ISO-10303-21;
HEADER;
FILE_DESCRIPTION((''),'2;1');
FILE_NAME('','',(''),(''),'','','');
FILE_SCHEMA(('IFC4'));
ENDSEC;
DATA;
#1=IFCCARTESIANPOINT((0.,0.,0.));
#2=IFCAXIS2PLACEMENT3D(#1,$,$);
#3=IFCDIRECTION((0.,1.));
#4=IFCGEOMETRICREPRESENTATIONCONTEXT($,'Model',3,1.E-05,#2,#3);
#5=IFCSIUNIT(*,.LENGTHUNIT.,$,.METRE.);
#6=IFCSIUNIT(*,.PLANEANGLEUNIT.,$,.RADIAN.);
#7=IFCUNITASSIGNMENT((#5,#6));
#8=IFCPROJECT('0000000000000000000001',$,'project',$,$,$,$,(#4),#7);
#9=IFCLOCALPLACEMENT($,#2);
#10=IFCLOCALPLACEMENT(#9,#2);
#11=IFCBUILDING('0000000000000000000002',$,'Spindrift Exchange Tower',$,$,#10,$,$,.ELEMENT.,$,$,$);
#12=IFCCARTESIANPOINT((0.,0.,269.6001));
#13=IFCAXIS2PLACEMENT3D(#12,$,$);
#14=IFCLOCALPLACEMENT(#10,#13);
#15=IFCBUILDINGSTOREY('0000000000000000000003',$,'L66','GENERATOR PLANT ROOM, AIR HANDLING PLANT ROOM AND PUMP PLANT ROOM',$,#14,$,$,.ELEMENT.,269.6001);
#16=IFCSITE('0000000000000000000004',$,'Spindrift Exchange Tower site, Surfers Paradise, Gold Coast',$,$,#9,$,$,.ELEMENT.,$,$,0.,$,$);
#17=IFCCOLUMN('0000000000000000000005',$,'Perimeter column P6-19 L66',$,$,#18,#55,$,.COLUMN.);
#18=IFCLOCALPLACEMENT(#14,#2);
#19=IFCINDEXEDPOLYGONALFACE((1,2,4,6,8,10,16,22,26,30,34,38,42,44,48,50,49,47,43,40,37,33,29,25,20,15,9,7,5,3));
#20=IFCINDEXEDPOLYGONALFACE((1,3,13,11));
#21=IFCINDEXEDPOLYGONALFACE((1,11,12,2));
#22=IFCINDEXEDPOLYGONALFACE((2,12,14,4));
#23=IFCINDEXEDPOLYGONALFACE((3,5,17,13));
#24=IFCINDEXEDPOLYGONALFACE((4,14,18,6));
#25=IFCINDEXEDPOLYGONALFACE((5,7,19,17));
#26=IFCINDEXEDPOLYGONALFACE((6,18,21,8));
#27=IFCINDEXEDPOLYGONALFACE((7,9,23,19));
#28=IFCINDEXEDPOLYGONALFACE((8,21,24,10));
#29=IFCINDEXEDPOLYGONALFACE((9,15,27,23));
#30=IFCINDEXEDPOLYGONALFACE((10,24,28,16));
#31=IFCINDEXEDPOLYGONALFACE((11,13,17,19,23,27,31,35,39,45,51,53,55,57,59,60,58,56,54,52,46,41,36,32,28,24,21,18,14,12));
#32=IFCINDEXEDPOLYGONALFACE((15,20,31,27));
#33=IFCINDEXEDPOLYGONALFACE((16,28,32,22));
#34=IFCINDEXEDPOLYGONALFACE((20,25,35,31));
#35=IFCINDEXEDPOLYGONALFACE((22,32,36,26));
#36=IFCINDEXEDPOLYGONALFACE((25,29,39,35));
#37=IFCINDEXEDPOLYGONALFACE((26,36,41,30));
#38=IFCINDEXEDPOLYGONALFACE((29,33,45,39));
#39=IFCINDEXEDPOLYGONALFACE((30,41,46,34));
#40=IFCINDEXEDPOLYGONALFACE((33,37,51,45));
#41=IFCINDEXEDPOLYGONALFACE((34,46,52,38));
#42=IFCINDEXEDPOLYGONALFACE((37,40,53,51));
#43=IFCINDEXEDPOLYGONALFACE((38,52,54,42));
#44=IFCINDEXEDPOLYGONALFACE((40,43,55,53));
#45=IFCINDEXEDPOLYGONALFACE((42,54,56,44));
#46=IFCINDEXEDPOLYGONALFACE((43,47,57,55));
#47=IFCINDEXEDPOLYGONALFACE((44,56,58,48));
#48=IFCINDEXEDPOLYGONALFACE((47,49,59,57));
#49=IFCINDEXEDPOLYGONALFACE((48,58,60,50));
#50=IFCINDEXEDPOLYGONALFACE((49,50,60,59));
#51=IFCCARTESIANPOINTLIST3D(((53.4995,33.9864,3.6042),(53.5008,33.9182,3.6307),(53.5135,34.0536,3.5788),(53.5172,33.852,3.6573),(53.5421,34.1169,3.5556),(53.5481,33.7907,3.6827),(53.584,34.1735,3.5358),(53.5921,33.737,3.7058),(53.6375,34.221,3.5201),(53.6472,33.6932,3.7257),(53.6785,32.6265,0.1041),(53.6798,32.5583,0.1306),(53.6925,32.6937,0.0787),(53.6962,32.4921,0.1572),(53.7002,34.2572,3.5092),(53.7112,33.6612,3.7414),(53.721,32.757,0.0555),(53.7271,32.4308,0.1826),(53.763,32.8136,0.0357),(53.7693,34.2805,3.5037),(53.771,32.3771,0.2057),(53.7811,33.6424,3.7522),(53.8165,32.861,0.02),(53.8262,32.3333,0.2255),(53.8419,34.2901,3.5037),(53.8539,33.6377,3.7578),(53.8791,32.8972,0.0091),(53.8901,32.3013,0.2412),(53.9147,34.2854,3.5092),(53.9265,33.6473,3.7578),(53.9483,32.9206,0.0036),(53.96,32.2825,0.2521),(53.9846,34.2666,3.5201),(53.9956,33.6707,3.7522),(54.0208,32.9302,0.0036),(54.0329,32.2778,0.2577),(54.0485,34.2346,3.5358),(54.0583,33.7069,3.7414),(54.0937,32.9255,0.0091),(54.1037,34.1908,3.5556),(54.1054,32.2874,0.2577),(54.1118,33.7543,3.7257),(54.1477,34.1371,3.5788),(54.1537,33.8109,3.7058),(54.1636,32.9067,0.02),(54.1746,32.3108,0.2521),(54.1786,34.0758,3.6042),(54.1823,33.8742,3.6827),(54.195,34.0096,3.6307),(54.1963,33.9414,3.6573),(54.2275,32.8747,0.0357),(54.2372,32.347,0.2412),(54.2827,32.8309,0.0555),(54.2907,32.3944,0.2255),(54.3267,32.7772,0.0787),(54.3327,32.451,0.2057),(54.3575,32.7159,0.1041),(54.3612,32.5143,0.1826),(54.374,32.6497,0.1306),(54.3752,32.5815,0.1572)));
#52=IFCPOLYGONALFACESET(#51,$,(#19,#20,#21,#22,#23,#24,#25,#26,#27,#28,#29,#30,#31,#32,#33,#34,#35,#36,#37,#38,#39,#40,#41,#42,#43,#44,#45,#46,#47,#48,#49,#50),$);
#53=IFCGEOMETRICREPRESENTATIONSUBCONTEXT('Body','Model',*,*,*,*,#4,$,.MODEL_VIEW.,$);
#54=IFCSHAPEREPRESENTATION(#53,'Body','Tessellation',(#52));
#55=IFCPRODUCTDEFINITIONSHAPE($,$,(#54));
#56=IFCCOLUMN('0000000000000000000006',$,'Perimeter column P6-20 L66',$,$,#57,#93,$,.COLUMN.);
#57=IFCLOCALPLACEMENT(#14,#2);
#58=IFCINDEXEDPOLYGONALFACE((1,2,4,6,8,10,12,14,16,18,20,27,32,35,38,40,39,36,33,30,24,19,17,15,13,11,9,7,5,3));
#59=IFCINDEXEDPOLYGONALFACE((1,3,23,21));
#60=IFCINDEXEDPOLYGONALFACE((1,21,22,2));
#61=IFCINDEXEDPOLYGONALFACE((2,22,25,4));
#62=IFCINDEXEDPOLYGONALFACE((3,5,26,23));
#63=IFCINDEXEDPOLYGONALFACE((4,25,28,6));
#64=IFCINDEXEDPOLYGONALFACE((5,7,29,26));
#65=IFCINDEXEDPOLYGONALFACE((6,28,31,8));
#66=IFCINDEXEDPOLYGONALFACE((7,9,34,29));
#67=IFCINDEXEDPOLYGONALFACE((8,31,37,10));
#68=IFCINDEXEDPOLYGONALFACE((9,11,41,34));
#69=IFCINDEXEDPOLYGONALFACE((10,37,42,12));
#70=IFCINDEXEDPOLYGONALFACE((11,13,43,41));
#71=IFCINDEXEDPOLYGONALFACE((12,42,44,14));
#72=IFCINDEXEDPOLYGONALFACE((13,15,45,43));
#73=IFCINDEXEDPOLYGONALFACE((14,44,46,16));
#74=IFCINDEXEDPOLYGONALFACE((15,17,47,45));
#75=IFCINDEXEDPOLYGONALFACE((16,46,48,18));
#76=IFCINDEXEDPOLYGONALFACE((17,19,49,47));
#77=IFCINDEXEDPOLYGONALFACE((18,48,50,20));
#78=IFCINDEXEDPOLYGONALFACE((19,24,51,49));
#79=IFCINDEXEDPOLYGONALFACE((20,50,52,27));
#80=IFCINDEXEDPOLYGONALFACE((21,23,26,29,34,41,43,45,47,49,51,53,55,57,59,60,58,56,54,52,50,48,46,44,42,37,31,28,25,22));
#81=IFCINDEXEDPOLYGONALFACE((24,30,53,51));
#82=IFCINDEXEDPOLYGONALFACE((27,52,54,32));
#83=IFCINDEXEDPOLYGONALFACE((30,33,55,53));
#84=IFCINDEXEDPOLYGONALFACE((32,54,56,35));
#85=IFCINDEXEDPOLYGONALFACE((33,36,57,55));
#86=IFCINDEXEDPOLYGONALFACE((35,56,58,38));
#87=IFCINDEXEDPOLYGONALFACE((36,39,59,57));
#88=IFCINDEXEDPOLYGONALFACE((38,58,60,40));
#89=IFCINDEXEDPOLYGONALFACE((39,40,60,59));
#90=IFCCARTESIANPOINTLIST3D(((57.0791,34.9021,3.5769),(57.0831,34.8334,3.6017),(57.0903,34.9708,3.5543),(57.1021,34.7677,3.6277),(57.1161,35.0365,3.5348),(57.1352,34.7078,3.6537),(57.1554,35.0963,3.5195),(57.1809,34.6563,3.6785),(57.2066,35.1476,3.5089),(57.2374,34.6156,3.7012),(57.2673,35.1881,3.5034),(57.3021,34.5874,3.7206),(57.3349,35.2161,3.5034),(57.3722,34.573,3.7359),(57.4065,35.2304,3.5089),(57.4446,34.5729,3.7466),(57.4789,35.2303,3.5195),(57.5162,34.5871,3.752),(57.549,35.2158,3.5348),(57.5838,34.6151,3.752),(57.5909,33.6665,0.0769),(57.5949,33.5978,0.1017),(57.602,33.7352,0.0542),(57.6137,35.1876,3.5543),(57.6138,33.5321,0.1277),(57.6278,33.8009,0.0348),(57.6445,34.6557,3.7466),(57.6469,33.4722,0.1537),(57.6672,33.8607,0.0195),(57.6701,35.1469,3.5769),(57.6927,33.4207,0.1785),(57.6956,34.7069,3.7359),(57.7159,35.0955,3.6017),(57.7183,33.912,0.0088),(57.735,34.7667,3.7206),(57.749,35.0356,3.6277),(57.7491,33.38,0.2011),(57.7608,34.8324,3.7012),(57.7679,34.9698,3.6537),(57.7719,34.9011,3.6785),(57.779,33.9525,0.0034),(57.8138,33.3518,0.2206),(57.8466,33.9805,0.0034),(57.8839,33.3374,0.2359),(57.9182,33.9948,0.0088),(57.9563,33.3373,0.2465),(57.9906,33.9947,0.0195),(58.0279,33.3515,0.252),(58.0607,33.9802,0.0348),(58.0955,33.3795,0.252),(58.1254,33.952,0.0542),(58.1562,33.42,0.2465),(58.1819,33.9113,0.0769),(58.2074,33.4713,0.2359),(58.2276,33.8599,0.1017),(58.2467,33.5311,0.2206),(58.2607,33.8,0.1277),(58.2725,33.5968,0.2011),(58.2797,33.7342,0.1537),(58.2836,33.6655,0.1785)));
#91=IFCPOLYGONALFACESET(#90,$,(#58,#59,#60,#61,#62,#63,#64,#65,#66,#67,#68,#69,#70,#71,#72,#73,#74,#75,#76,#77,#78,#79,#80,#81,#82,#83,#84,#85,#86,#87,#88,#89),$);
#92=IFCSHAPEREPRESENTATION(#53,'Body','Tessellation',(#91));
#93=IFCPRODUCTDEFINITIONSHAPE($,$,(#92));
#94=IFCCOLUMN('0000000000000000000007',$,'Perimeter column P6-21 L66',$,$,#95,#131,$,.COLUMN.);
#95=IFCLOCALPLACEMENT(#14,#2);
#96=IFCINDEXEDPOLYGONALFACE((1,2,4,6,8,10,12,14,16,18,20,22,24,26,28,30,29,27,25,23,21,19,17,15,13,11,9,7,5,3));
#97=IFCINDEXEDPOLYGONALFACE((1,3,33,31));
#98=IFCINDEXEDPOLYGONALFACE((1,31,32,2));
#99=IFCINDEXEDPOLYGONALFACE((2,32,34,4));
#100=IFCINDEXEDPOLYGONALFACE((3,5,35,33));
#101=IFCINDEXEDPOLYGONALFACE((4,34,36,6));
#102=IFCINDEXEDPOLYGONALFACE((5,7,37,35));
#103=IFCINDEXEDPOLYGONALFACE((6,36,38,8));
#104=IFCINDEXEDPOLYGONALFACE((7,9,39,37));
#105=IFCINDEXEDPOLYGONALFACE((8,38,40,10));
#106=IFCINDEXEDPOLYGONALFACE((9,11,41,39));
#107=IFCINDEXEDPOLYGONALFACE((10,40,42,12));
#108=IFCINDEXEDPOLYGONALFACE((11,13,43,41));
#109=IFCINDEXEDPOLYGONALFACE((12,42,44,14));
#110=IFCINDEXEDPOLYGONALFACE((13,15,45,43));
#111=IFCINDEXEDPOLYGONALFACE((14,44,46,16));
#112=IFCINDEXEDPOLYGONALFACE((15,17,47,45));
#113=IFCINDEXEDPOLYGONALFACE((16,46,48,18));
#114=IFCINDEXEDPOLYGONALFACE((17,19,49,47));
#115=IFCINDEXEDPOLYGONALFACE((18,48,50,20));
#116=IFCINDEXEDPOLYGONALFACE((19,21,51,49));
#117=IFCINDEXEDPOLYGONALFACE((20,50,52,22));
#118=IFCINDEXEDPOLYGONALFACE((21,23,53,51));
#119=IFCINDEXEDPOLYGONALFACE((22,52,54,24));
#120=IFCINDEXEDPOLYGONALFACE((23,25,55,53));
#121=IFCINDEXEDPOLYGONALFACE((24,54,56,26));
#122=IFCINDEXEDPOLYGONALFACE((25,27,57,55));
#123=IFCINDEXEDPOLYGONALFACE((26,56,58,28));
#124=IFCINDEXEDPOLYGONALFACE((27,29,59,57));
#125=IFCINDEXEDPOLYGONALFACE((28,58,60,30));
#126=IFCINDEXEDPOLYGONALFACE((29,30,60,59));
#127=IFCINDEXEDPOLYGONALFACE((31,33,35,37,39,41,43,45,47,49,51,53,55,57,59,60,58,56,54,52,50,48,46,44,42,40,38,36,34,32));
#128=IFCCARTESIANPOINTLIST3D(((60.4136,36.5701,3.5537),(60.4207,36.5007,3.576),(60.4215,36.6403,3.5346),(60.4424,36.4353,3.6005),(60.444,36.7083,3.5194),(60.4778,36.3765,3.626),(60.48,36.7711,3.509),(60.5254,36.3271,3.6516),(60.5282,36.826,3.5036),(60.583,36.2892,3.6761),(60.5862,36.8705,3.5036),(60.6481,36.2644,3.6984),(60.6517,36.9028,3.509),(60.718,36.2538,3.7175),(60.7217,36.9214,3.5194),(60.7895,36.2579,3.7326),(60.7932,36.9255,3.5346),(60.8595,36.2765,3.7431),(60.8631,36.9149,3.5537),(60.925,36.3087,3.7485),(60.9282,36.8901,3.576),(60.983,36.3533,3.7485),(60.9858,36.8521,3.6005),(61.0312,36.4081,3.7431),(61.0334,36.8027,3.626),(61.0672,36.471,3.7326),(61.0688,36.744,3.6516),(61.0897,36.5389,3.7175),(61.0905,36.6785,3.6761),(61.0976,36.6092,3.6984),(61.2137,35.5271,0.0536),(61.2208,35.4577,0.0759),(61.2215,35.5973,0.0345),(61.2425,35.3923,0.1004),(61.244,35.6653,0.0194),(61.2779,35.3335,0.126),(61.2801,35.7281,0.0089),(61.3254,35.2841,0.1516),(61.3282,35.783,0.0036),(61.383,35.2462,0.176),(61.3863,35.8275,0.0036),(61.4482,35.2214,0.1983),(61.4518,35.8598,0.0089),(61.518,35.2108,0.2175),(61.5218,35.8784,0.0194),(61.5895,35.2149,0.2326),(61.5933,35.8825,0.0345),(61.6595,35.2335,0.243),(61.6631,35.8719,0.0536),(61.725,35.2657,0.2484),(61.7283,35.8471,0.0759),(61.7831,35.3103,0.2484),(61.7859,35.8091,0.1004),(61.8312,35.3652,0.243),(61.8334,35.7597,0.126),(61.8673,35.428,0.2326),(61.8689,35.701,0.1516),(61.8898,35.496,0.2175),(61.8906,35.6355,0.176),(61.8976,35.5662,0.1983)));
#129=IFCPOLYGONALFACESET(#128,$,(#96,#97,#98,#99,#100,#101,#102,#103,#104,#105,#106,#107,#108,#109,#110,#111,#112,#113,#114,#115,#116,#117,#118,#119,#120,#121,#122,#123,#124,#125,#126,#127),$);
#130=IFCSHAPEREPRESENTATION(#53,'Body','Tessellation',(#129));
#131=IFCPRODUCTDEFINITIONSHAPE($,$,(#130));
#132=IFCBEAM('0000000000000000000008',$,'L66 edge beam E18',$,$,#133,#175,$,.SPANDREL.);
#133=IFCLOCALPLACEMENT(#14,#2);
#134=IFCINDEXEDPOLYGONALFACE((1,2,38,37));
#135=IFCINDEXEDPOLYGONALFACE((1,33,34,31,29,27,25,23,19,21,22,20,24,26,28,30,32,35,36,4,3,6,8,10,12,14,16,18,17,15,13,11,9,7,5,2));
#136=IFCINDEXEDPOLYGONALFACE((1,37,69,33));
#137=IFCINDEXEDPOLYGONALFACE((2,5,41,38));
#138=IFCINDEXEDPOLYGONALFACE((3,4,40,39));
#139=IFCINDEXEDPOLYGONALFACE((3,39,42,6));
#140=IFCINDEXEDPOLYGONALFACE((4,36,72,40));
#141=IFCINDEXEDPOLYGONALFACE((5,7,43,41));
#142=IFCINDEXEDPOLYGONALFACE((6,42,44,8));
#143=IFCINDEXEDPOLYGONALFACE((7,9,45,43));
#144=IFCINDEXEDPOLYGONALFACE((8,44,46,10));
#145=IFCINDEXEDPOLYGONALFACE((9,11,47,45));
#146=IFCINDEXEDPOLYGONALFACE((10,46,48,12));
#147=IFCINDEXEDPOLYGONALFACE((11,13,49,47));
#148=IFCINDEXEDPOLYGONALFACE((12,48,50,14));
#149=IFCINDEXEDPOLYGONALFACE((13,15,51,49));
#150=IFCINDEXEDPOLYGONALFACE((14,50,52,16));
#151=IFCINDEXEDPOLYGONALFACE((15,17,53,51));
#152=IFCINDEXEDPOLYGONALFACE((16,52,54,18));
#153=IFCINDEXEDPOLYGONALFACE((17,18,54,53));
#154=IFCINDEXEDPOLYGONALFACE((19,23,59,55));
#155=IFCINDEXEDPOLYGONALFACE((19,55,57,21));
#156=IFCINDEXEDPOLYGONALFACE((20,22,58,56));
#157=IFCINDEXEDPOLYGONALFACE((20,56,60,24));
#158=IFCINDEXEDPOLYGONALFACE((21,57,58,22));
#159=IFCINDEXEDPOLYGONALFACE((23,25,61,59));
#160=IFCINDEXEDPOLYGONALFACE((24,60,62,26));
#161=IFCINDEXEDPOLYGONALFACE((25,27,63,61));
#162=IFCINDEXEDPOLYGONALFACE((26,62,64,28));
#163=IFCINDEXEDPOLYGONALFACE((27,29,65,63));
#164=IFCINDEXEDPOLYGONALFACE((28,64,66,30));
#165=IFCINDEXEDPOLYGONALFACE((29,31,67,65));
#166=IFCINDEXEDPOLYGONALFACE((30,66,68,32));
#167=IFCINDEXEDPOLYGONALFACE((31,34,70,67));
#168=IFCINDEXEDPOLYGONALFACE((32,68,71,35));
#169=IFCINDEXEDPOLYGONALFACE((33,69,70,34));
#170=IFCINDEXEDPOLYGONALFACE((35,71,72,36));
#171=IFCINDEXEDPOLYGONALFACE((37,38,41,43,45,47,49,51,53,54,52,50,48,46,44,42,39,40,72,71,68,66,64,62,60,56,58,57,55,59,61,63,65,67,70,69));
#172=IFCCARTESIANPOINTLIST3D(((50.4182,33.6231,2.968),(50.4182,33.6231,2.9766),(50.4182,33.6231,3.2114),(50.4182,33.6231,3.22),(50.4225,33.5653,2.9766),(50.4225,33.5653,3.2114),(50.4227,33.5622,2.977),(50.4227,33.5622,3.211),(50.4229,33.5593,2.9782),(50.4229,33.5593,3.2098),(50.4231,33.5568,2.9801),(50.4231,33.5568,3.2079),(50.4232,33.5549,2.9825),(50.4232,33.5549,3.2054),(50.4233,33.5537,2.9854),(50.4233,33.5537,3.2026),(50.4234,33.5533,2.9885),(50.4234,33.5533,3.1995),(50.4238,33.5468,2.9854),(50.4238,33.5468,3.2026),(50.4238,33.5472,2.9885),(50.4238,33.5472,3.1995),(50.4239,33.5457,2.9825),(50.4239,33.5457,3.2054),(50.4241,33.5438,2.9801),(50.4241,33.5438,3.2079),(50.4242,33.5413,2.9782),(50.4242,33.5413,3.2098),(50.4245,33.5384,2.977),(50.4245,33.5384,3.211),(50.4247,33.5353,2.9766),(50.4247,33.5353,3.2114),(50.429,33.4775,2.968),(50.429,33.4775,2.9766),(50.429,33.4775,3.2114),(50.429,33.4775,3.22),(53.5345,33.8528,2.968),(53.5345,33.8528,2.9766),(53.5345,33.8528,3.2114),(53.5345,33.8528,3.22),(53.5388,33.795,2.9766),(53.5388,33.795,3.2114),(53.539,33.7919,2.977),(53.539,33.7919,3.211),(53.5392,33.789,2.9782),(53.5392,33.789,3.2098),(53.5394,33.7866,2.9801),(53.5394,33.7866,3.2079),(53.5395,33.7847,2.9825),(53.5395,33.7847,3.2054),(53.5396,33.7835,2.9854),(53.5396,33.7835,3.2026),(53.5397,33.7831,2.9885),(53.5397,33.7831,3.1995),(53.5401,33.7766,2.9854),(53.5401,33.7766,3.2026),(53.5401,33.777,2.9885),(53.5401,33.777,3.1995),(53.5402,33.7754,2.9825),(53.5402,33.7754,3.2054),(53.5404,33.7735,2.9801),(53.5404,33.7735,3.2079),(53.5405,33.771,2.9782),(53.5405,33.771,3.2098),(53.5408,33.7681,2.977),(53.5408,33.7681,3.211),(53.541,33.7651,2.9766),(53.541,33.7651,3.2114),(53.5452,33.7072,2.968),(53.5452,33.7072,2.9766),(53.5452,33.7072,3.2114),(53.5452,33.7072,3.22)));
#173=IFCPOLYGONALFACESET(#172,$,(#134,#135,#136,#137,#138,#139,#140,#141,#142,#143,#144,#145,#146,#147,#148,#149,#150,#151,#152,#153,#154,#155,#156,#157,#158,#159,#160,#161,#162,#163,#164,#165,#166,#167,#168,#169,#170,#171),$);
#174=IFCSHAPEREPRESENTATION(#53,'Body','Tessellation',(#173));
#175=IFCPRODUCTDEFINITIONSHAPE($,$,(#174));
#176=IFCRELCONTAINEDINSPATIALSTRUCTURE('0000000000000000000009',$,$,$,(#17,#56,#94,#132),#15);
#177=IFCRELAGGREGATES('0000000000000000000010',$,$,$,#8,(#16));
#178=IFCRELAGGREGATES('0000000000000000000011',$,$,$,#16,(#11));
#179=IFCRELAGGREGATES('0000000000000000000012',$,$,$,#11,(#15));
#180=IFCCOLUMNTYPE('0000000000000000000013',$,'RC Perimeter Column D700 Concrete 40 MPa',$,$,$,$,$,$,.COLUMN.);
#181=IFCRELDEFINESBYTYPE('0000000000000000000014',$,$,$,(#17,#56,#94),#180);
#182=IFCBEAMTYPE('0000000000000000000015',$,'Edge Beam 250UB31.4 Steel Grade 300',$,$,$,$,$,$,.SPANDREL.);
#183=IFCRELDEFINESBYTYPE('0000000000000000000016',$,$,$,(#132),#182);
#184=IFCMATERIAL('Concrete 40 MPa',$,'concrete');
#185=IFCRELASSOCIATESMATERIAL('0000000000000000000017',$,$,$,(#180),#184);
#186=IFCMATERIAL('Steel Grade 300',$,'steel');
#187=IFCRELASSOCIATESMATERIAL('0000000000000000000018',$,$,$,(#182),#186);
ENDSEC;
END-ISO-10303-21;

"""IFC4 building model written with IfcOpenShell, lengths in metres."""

from ifc_helpers import new_model, si_unit, direction, frame, origin, origin_2d, place, context, subcontext, project, spatial, circle, i_section, extrude, source, transform, mapped, material, material_profile, profile_set, type_object, element, save


model = new_model("IFC4")

# Units and contexts
model_context = context("Model", 3, precision=1e-05, world=origin(), true_north=direction((0.0, 1.0)))
body_context = subcontext(model_context, "Body", "Model", "MODEL_VIEW")
ifc_project = project(units=[si_unit("LENGTHUNIT", "METRE"), si_unit("PLANEANGLEUNIT", "RADIAN")], contexts=[model_context])

# Site, building, storey
site_placement = place(None, origin())
site = spatial("IfcSite", under=ifc_project, at=site_placement, Name="Spindrift Exchange Tower site, Surfers Paradise, Gold Coast", CompositionType="ELEMENT", RefElevation=0.0)
building_placement = place(site_placement, origin())
building = spatial("IfcBuilding", under=site, at=building_placement, Name="Spindrift Exchange Tower", CompositionType="ELEMENT")
storey_placement = place(building_placement, frame((0.0, 0.0, 269.6001)))
storey = spatial("IfcBuildingStorey", under=building, at=storey_placement, Name="L66", Description="GENERATOR PLANT ROOM, AIR HANDLING PLANT ROOM AND PUMP PLANT ROOM", CompositionType="ELEMENT", Elevation=269.6001)

# Columns
ifc_material_1 = material(Name="Concrete 40 MPa", Category="concrete")
ifc_material_profile_1 = material_profile(ifc_material_1, circle(Radius=0.3501, at=origin_2d()), Name="RC D700")
ifc_profile_set_1 = profile_set([ifc_material_profile_1], Name="Concrete 40 MPa")
column_type = type_object("IfcColumnType", Name="RC Perimeter Column D700 Concrete 40 MPa", PredefinedType="COLUMN", material=ifc_profile_set_1)
shared_shape_1 = source(origin(), body_context, "Body", "SweptSolid", [
    extrude(circle(Radius=0.3501, at=origin_2d()), origin(), (0.0, 0.0, 1.0), 3.7593),
])
column_1_placement = place(storey_placement, frame((54.0269, 32.604, 0.1306), z_axis=(-0.047605, 0.361747, 0.93106), x_axis=(-0.991452, -0.130473, 0.0)))
element("IfcColumn", 1, at=column_1_placement, inside=storey, type_object=column_type, Name="Perimeter column P6-19 L66", PredefinedType="COLUMN", context=body_context, shape_type="MappedRepresentation", body=[
    mapped(shared_shape_1, transform((0.0, 0.0, 0.0), scale=1.0)),
])
shared_shape_2 = source(origin(), body_context, "Body", "SweptSolid", [
    extrude(circle(Radius=0.3501, at=origin_2d()), origin(), (0.0, 0.0, 1.0), 3.7468),
])
column_2_placement = place(storey_placement, frame((57.9373, 33.666, 0.1277), z_axis=(-0.136575, 0.329773, 0.934129), x_axis=(-0.923901, -0.382631, 0.0)))
element("IfcColumn", 2, at=column_2_placement, inside=storey, type_object=column_type, Name="Perimeter column P6-20 L66", PredefinedType="COLUMN", context=body_context, shape_type="MappedRepresentation", body=[
    mapped(shared_shape_2, transform((0.0, 0.0, 0.0), scale=1.0)),
])
shared_shape_3 = source(origin(), body_context, "Body", "SweptSolid", [
    extrude(circle(Radius=0.3501, at=origin_2d()), origin(), (0.0, 0.0, 1.0), 3.7388),
])
column_3_placement = place(storey_placement, frame((61.5557, 35.5466, 0.126), z_axis=(-0.213991, 0.278966, 0.936155), x_axis=(-0.793445, -0.608642, 0.0)))
element("IfcColumn", 3, at=column_3_placement, inside=storey, type_object=column_type, Name="Perimeter column P6-21 L66", PredefinedType="COLUMN", context=body_context, shape_type="MappedRepresentation", body=[
    mapped(shared_shape_3, transform((0.0, 0.0, 0.0), scale=1.0)),
])

# Beam
ifc_material_2 = material(Name="Steel Grade 300", Category="steel")
ifc_material_profile_2 = material_profile(ifc_material_2, i_section(OverallWidth=0.146, OverallDepth=0.252, WebThickness=0.0061, FlangeThickness=0.0085, FilletRadius=0.012, at=origin_2d()), Name="250UB31.4")
ifc_profile_set_2 = profile_set([ifc_material_profile_2], Name="Steel Grade 300")
beam_type_1 = type_object("IfcBeamType", Name="Edge Beam 250UB31.4 Steel Grade 300", PredefinedType="SPANDREL", material=ifc_profile_set_2)
shared_shape_4 = source(origin(), body_context, "Body", "SweptSolid", [
    extrude(i_section(OverallWidth=0.146, OverallDepth=0.252, WebThickness=0.0061, FlangeThickness=0.0085, FilletRadius=0.012, at=origin_2d()), origin(), (0.0, 0.0, 1.0), 3.1248),
])
beam_1_placement = place(storey_placement, frame((50.4236, 33.5503, 3.094), z_axis=(0.997293, 0.073523, 0.0), x_axis=(-0.073523, 0.997293, 0.0)))
element("IfcBeam", 4, at=beam_1_placement, inside=storey, type_object=beam_type_1, Name="L66 edge beam E18", PredefinedType="SPANDREL", context=body_context, shape_type="MappedRepresentation", body=[
    mapped(shared_shape_4, transform((0.0, 0.0, 0.0), scale=1.0)),
])

save(model, "model.ifc")
